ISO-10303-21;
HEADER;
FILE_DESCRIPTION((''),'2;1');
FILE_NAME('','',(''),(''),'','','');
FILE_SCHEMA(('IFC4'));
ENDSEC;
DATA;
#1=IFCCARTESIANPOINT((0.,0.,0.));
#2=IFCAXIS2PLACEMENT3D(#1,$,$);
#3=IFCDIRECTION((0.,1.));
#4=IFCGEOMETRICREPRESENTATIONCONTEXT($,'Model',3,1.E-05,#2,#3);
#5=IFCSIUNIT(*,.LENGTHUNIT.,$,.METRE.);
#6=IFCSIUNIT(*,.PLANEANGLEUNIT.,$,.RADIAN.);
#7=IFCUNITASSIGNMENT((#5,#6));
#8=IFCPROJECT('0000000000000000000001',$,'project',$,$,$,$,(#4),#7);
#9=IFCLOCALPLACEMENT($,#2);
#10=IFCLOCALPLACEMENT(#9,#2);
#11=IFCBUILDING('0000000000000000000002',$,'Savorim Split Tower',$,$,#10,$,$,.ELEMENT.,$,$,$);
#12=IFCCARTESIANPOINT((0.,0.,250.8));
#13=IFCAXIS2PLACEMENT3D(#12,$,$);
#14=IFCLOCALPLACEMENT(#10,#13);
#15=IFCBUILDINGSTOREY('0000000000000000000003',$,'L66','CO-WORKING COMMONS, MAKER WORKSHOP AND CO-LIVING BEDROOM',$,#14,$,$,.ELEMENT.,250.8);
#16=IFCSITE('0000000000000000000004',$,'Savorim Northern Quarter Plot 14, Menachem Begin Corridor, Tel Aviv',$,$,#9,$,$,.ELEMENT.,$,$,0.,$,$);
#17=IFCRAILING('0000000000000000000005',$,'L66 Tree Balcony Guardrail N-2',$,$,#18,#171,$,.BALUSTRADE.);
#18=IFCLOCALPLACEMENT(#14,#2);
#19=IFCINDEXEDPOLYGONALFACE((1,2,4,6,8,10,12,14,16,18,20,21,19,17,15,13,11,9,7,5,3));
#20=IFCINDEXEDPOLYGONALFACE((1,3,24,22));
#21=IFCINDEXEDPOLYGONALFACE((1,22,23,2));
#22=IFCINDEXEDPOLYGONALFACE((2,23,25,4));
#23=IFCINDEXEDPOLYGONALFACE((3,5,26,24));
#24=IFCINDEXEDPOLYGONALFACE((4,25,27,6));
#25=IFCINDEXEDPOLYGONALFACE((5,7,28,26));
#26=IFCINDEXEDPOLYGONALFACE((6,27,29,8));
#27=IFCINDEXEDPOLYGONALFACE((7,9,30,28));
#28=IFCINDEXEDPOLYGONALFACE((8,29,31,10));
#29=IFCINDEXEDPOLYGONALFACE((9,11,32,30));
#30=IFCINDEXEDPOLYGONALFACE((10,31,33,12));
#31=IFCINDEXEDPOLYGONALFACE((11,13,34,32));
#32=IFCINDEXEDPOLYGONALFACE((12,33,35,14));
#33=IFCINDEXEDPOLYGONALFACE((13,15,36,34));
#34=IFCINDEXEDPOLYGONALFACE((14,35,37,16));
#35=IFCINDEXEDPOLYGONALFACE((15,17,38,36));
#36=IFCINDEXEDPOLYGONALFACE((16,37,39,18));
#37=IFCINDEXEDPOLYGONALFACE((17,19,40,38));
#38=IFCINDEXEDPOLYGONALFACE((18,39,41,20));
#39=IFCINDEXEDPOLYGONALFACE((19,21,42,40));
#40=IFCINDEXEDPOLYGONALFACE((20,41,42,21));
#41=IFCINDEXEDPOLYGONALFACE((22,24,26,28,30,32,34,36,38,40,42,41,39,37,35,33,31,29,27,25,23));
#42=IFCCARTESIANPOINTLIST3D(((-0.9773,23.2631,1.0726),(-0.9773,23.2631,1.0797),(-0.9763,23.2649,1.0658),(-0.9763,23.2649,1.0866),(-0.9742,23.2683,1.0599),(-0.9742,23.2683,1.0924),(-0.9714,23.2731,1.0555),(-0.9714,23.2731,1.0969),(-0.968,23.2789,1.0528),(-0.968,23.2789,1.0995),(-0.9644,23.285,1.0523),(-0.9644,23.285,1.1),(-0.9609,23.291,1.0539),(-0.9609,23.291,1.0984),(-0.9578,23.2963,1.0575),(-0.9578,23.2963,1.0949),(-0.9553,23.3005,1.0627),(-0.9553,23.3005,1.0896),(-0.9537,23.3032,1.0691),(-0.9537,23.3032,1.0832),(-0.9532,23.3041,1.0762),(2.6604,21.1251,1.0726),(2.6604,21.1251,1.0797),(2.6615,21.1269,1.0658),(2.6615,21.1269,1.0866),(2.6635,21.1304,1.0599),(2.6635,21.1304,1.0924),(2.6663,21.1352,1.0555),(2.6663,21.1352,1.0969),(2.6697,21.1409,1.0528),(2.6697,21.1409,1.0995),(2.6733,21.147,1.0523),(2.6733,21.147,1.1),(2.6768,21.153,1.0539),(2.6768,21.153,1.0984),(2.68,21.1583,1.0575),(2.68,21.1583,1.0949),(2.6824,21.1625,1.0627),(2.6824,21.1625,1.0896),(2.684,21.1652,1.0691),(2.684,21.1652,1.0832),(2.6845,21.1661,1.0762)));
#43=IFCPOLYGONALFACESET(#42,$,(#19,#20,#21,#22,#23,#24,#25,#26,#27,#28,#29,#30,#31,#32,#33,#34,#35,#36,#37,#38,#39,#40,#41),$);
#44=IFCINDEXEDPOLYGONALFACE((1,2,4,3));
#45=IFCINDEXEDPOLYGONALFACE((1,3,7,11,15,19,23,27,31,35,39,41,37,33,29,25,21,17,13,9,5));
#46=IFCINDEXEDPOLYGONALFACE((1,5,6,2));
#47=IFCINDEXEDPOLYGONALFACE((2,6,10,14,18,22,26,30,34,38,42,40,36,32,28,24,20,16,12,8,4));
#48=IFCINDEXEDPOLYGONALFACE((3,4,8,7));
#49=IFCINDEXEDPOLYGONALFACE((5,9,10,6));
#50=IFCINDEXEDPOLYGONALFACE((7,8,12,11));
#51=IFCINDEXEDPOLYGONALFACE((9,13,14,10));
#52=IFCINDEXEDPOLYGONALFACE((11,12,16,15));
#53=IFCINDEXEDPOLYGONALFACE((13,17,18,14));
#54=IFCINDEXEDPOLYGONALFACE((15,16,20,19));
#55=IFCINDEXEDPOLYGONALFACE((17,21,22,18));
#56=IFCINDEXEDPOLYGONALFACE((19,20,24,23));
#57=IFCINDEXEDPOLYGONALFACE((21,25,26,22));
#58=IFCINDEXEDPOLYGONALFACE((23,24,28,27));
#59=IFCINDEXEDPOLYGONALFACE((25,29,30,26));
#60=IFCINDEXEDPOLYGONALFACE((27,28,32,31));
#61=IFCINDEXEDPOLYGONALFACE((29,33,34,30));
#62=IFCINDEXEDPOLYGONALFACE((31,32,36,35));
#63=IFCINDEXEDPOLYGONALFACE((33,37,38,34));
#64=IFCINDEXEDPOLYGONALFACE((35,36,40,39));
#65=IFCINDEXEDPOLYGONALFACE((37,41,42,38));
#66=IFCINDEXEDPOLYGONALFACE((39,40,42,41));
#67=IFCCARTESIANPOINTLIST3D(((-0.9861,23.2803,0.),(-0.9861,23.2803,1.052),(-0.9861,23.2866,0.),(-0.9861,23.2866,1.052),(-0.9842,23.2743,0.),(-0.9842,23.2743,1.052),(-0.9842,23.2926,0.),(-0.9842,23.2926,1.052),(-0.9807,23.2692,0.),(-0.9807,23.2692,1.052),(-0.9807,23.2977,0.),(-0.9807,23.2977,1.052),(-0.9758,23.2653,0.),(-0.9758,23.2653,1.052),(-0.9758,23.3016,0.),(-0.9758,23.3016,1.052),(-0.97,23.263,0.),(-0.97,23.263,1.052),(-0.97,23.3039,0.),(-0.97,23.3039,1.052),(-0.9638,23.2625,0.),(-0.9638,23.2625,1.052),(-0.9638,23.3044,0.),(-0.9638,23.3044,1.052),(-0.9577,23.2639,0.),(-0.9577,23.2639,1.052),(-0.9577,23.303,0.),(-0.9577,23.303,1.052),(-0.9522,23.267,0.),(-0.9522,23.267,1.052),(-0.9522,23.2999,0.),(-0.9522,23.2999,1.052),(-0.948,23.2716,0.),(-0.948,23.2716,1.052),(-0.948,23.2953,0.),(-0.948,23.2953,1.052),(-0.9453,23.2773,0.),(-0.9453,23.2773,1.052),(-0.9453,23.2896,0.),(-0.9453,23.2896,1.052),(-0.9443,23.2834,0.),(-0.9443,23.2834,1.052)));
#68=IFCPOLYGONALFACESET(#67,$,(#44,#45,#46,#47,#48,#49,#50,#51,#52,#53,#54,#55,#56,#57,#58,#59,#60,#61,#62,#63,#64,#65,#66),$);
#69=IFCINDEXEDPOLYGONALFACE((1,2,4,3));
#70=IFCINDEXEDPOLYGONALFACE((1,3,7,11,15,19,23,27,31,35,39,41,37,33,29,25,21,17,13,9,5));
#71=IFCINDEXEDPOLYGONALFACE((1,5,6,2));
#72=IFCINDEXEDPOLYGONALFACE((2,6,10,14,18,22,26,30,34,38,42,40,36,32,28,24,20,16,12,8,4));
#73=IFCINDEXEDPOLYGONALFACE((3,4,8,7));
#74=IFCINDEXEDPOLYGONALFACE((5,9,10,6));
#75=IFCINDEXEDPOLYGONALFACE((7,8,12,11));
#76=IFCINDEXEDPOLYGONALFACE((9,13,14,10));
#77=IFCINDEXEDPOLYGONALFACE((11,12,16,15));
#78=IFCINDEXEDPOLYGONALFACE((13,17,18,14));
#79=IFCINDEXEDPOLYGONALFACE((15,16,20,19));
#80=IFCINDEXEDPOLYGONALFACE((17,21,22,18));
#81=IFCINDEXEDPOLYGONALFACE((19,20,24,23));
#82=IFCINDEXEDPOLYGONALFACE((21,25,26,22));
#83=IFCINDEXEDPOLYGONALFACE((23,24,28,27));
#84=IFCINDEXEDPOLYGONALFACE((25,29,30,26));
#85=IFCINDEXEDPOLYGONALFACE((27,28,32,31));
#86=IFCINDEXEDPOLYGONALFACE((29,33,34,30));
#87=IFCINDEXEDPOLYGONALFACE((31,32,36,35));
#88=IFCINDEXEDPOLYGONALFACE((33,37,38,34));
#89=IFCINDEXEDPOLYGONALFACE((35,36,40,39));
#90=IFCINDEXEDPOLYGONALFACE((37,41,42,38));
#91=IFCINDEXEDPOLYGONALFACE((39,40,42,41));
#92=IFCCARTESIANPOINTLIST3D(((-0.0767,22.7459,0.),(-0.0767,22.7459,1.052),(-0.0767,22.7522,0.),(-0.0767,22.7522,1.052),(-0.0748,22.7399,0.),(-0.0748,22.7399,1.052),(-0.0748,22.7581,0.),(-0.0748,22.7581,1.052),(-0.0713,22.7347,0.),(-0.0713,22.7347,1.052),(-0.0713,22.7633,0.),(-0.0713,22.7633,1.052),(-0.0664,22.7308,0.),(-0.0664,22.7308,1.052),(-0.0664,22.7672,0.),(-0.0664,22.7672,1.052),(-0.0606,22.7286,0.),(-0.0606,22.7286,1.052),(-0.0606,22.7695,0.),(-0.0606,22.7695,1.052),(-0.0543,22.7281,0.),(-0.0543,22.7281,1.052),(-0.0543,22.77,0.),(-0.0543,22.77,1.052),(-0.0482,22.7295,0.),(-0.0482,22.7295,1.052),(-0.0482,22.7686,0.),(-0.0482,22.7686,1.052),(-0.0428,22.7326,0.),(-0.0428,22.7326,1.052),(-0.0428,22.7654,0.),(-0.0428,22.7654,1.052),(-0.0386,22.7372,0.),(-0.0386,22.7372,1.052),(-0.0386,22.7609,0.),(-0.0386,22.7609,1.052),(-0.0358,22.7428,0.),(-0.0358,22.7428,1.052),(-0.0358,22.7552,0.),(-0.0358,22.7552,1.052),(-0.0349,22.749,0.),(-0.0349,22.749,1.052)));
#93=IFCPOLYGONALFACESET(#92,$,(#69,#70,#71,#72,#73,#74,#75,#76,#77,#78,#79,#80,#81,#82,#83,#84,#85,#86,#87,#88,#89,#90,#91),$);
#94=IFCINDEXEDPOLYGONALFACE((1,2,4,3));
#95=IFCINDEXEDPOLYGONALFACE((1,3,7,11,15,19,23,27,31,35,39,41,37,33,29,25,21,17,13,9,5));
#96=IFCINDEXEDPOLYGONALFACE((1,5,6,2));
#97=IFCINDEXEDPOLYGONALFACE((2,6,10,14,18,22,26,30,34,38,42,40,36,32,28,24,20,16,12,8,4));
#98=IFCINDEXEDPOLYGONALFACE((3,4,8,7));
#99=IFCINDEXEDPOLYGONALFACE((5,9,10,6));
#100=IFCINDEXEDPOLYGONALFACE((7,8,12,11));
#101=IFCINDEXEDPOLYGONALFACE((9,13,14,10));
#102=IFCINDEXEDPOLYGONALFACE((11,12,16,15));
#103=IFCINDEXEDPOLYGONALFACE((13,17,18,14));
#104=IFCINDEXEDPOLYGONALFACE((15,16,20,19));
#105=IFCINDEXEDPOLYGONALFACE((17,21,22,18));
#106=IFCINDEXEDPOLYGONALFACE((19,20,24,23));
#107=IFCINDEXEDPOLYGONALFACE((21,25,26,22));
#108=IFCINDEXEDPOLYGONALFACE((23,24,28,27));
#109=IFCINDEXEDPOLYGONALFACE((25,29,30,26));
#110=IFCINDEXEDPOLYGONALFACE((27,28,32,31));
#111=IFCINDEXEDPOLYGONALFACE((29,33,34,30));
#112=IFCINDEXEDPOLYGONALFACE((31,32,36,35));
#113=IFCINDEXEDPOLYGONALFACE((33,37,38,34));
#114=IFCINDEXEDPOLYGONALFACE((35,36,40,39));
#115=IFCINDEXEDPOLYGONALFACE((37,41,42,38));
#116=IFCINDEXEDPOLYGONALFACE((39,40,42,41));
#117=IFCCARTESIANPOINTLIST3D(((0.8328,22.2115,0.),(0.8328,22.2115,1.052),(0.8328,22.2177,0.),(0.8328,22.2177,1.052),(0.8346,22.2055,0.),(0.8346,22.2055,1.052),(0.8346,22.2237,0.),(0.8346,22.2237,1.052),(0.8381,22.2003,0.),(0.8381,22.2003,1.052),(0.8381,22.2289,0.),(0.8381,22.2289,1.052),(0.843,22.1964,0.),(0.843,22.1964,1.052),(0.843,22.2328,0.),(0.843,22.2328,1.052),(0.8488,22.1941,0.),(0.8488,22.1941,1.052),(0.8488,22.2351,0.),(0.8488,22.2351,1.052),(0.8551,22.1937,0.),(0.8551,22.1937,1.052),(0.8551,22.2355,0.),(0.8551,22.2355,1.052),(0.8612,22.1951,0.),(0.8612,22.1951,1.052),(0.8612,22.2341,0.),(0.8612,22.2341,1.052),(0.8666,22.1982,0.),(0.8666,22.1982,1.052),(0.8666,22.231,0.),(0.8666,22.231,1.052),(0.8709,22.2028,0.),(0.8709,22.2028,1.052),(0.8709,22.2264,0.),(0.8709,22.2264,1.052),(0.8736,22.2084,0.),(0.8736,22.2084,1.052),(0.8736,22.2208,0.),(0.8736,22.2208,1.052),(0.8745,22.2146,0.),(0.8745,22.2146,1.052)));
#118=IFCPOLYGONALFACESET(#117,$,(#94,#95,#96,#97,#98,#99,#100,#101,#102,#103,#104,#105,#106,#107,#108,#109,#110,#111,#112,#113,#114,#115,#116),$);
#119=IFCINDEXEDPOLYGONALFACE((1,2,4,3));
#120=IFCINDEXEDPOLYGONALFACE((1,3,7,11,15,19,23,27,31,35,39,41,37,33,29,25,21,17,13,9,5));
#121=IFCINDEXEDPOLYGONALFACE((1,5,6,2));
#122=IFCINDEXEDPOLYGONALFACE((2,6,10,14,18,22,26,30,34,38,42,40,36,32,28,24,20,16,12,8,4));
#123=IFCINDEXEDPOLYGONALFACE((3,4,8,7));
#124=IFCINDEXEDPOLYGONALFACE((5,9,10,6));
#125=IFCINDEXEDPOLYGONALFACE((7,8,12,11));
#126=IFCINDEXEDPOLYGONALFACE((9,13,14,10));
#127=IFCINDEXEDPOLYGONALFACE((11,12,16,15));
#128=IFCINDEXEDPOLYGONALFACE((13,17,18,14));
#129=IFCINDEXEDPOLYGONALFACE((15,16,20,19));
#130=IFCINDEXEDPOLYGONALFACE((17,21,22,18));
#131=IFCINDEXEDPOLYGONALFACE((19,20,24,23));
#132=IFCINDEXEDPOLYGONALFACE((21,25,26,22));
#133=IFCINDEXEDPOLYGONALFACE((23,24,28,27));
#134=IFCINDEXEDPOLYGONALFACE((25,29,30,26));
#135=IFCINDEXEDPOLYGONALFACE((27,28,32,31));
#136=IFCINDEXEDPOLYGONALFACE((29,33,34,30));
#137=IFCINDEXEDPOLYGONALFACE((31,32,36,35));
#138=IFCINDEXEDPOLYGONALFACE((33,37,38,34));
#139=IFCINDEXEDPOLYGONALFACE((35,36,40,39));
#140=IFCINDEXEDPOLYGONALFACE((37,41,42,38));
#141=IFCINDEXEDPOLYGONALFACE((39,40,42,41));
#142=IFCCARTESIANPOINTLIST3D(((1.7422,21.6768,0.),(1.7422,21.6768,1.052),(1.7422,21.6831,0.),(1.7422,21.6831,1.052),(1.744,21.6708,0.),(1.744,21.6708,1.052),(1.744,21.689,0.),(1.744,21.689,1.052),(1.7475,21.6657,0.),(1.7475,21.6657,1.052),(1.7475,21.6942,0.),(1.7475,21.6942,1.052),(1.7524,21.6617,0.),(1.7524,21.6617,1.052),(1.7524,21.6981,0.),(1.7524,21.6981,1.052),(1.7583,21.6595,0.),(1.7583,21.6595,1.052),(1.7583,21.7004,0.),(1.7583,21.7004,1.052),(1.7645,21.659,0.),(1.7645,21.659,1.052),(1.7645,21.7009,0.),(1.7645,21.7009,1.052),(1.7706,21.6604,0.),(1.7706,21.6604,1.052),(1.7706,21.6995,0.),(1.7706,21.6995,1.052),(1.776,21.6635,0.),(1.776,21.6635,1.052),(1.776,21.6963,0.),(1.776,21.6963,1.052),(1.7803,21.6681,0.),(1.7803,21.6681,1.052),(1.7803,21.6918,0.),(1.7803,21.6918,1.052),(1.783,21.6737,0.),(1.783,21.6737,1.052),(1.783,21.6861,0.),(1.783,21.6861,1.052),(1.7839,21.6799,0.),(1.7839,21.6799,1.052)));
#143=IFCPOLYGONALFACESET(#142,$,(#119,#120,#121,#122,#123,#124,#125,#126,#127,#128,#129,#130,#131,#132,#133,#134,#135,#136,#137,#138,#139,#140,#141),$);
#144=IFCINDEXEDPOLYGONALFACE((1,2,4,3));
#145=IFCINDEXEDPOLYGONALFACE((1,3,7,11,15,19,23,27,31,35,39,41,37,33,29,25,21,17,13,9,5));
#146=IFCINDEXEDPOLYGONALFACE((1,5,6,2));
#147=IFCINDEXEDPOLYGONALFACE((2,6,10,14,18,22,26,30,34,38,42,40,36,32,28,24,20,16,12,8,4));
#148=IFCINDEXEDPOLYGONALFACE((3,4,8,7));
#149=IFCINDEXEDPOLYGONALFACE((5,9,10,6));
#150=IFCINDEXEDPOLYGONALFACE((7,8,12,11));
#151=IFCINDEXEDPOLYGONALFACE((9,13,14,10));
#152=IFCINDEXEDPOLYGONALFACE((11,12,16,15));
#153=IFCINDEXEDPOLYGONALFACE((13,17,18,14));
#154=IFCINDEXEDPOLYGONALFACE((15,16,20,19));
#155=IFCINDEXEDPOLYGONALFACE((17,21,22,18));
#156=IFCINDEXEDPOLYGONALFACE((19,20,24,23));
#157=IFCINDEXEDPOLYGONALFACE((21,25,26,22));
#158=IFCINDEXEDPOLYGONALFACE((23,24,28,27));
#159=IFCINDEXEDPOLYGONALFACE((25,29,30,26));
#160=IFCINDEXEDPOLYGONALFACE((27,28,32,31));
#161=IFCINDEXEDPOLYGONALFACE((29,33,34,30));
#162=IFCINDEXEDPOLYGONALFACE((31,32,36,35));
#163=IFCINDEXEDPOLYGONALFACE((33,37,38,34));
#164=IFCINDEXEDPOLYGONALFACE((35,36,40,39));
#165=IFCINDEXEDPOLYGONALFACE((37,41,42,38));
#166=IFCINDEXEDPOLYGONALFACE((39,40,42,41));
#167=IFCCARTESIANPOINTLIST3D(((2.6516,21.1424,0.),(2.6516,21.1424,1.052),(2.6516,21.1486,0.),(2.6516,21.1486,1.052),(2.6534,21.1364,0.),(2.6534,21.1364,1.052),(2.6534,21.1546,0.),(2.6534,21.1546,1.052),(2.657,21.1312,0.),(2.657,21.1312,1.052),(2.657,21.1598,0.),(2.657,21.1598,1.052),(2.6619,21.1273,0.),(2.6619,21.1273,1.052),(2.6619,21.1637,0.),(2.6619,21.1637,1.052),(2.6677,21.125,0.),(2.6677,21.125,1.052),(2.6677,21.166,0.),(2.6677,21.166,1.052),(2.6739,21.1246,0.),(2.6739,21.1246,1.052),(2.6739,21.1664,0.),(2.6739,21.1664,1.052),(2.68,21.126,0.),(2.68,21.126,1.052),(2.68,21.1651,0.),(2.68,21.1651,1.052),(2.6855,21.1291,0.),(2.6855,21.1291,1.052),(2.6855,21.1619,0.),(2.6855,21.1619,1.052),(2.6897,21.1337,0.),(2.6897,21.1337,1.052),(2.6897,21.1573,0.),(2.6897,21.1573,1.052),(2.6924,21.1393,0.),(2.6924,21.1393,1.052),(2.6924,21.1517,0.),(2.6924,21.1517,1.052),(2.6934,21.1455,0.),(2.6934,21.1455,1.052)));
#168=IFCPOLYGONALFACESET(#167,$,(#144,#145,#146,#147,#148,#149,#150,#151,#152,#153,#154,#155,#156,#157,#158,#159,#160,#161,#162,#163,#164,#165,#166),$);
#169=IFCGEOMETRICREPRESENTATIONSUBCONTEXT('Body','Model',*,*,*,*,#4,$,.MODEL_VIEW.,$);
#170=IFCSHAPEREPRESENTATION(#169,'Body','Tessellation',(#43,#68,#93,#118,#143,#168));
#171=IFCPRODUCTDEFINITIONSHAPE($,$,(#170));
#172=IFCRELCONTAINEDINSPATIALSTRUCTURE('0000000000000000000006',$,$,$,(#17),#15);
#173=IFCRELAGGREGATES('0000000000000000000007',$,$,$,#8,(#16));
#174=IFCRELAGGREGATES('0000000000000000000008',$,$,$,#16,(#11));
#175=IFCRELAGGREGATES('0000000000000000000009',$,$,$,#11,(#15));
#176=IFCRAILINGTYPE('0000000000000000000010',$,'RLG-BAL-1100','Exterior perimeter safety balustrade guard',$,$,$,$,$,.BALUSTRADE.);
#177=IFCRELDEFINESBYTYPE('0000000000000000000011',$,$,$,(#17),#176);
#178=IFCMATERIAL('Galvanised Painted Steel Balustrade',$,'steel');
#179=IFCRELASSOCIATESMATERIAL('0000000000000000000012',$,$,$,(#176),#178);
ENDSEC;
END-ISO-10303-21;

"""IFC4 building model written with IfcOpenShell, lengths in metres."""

from ifc_helpers import new_model, si_unit, direction, frame, origin, origin_2d, place, context, subcontext, project, spatial, circle, extrude, material, type_object, element, save


model = new_model("IFC4")

# Units and contexts
model_context = context("Model", 3, precision=1e-05, world=origin(), true_north=direction((0.0, 1.0)))
body_context = subcontext(model_context, "Body", "Model", "MODEL_VIEW")
ifc_project = project(units=[si_unit("LENGTHUNIT", "METRE"), si_unit("PLANEANGLEUNIT", "RADIAN")], contexts=[model_context])

# Site, building, storey
site_placement = place(None, origin())
site = spatial("IfcSite", under=ifc_project, at=site_placement, Name="Savorim Northern Quarter Plot 14, Menachem Begin Corridor, Tel Aviv", CompositionType="ELEMENT", RefElevation=0.0)
building_placement = place(site_placement, origin())
building = spatial("IfcBuilding", under=site, at=building_placement, Name="Savorim Split Tower", CompositionType="ELEMENT")
storey_placement = place(building_placement, frame((0.0, 0.0, 250.8)))
storey = spatial("IfcBuildingStorey", under=building, at=storey_placement, Name="L66", Description="CO-WORKING COMMONS, MAKER WORKSHOP AND CO-LIVING BEDROOM", CompositionType="ELEMENT", Elevation=250.8)

# Railing
ifc_material_1 = material(Name="Galvanised Painted Steel Balustrade", Category="steel")
railing_type = type_object("IfcRailingType", Name="RLG-BAL-1100", Description="Exterior perimeter safety balustrade guard", PredefinedType="BALUSTRADE", material=ifc_material_1)
railing_1_placement = place(storey_placement, frame((-0.9653, 23.2834, 0.0)))
element("IfcRailing", 1, at=railing_1_placement, inside=storey, type_object=railing_type, Name="L66 Tree Balcony Guardrail N-2", PredefinedType="BALUSTRADE", context=body_context, shape_type="SweptSolid", body=[
    extrude(circle(Radius=0.0239, at=origin_2d()), frame((0.0, 0.0, 1.0762), z_axis=(0.862129, -0.506689, 0.0), x_axis=(0.506689, 0.862129, 0.0)), (0.0, 0.0, 1.0), 4.2195),
    extrude(circle(Radius=0.021, at=origin_2d()), origin(), (0.0, 0.0, 1.0), 1.052),
    extrude(circle(Radius=0.021, at=origin_2d()), frame((0.9094, -0.5344, 0.0)), (0.0, 0.0, 1.0), 1.052),
    extrude(circle(Radius=0.021, at=origin_2d()), frame((1.8188, -1.0688, 0.0)), (0.0, 0.0, 1.0), 1.052),
    extrude(circle(Radius=0.021, at=origin_2d()), frame((2.7283, -1.6035, 0.0)), (0.0, 0.0, 1.0), 1.052),
    extrude(circle(Radius=0.021, at=origin_2d()), frame((3.6377, -2.1379, 0.0)), (0.0, 0.0, 1.0), 1.052),
])

save(model, "model.ifc")
